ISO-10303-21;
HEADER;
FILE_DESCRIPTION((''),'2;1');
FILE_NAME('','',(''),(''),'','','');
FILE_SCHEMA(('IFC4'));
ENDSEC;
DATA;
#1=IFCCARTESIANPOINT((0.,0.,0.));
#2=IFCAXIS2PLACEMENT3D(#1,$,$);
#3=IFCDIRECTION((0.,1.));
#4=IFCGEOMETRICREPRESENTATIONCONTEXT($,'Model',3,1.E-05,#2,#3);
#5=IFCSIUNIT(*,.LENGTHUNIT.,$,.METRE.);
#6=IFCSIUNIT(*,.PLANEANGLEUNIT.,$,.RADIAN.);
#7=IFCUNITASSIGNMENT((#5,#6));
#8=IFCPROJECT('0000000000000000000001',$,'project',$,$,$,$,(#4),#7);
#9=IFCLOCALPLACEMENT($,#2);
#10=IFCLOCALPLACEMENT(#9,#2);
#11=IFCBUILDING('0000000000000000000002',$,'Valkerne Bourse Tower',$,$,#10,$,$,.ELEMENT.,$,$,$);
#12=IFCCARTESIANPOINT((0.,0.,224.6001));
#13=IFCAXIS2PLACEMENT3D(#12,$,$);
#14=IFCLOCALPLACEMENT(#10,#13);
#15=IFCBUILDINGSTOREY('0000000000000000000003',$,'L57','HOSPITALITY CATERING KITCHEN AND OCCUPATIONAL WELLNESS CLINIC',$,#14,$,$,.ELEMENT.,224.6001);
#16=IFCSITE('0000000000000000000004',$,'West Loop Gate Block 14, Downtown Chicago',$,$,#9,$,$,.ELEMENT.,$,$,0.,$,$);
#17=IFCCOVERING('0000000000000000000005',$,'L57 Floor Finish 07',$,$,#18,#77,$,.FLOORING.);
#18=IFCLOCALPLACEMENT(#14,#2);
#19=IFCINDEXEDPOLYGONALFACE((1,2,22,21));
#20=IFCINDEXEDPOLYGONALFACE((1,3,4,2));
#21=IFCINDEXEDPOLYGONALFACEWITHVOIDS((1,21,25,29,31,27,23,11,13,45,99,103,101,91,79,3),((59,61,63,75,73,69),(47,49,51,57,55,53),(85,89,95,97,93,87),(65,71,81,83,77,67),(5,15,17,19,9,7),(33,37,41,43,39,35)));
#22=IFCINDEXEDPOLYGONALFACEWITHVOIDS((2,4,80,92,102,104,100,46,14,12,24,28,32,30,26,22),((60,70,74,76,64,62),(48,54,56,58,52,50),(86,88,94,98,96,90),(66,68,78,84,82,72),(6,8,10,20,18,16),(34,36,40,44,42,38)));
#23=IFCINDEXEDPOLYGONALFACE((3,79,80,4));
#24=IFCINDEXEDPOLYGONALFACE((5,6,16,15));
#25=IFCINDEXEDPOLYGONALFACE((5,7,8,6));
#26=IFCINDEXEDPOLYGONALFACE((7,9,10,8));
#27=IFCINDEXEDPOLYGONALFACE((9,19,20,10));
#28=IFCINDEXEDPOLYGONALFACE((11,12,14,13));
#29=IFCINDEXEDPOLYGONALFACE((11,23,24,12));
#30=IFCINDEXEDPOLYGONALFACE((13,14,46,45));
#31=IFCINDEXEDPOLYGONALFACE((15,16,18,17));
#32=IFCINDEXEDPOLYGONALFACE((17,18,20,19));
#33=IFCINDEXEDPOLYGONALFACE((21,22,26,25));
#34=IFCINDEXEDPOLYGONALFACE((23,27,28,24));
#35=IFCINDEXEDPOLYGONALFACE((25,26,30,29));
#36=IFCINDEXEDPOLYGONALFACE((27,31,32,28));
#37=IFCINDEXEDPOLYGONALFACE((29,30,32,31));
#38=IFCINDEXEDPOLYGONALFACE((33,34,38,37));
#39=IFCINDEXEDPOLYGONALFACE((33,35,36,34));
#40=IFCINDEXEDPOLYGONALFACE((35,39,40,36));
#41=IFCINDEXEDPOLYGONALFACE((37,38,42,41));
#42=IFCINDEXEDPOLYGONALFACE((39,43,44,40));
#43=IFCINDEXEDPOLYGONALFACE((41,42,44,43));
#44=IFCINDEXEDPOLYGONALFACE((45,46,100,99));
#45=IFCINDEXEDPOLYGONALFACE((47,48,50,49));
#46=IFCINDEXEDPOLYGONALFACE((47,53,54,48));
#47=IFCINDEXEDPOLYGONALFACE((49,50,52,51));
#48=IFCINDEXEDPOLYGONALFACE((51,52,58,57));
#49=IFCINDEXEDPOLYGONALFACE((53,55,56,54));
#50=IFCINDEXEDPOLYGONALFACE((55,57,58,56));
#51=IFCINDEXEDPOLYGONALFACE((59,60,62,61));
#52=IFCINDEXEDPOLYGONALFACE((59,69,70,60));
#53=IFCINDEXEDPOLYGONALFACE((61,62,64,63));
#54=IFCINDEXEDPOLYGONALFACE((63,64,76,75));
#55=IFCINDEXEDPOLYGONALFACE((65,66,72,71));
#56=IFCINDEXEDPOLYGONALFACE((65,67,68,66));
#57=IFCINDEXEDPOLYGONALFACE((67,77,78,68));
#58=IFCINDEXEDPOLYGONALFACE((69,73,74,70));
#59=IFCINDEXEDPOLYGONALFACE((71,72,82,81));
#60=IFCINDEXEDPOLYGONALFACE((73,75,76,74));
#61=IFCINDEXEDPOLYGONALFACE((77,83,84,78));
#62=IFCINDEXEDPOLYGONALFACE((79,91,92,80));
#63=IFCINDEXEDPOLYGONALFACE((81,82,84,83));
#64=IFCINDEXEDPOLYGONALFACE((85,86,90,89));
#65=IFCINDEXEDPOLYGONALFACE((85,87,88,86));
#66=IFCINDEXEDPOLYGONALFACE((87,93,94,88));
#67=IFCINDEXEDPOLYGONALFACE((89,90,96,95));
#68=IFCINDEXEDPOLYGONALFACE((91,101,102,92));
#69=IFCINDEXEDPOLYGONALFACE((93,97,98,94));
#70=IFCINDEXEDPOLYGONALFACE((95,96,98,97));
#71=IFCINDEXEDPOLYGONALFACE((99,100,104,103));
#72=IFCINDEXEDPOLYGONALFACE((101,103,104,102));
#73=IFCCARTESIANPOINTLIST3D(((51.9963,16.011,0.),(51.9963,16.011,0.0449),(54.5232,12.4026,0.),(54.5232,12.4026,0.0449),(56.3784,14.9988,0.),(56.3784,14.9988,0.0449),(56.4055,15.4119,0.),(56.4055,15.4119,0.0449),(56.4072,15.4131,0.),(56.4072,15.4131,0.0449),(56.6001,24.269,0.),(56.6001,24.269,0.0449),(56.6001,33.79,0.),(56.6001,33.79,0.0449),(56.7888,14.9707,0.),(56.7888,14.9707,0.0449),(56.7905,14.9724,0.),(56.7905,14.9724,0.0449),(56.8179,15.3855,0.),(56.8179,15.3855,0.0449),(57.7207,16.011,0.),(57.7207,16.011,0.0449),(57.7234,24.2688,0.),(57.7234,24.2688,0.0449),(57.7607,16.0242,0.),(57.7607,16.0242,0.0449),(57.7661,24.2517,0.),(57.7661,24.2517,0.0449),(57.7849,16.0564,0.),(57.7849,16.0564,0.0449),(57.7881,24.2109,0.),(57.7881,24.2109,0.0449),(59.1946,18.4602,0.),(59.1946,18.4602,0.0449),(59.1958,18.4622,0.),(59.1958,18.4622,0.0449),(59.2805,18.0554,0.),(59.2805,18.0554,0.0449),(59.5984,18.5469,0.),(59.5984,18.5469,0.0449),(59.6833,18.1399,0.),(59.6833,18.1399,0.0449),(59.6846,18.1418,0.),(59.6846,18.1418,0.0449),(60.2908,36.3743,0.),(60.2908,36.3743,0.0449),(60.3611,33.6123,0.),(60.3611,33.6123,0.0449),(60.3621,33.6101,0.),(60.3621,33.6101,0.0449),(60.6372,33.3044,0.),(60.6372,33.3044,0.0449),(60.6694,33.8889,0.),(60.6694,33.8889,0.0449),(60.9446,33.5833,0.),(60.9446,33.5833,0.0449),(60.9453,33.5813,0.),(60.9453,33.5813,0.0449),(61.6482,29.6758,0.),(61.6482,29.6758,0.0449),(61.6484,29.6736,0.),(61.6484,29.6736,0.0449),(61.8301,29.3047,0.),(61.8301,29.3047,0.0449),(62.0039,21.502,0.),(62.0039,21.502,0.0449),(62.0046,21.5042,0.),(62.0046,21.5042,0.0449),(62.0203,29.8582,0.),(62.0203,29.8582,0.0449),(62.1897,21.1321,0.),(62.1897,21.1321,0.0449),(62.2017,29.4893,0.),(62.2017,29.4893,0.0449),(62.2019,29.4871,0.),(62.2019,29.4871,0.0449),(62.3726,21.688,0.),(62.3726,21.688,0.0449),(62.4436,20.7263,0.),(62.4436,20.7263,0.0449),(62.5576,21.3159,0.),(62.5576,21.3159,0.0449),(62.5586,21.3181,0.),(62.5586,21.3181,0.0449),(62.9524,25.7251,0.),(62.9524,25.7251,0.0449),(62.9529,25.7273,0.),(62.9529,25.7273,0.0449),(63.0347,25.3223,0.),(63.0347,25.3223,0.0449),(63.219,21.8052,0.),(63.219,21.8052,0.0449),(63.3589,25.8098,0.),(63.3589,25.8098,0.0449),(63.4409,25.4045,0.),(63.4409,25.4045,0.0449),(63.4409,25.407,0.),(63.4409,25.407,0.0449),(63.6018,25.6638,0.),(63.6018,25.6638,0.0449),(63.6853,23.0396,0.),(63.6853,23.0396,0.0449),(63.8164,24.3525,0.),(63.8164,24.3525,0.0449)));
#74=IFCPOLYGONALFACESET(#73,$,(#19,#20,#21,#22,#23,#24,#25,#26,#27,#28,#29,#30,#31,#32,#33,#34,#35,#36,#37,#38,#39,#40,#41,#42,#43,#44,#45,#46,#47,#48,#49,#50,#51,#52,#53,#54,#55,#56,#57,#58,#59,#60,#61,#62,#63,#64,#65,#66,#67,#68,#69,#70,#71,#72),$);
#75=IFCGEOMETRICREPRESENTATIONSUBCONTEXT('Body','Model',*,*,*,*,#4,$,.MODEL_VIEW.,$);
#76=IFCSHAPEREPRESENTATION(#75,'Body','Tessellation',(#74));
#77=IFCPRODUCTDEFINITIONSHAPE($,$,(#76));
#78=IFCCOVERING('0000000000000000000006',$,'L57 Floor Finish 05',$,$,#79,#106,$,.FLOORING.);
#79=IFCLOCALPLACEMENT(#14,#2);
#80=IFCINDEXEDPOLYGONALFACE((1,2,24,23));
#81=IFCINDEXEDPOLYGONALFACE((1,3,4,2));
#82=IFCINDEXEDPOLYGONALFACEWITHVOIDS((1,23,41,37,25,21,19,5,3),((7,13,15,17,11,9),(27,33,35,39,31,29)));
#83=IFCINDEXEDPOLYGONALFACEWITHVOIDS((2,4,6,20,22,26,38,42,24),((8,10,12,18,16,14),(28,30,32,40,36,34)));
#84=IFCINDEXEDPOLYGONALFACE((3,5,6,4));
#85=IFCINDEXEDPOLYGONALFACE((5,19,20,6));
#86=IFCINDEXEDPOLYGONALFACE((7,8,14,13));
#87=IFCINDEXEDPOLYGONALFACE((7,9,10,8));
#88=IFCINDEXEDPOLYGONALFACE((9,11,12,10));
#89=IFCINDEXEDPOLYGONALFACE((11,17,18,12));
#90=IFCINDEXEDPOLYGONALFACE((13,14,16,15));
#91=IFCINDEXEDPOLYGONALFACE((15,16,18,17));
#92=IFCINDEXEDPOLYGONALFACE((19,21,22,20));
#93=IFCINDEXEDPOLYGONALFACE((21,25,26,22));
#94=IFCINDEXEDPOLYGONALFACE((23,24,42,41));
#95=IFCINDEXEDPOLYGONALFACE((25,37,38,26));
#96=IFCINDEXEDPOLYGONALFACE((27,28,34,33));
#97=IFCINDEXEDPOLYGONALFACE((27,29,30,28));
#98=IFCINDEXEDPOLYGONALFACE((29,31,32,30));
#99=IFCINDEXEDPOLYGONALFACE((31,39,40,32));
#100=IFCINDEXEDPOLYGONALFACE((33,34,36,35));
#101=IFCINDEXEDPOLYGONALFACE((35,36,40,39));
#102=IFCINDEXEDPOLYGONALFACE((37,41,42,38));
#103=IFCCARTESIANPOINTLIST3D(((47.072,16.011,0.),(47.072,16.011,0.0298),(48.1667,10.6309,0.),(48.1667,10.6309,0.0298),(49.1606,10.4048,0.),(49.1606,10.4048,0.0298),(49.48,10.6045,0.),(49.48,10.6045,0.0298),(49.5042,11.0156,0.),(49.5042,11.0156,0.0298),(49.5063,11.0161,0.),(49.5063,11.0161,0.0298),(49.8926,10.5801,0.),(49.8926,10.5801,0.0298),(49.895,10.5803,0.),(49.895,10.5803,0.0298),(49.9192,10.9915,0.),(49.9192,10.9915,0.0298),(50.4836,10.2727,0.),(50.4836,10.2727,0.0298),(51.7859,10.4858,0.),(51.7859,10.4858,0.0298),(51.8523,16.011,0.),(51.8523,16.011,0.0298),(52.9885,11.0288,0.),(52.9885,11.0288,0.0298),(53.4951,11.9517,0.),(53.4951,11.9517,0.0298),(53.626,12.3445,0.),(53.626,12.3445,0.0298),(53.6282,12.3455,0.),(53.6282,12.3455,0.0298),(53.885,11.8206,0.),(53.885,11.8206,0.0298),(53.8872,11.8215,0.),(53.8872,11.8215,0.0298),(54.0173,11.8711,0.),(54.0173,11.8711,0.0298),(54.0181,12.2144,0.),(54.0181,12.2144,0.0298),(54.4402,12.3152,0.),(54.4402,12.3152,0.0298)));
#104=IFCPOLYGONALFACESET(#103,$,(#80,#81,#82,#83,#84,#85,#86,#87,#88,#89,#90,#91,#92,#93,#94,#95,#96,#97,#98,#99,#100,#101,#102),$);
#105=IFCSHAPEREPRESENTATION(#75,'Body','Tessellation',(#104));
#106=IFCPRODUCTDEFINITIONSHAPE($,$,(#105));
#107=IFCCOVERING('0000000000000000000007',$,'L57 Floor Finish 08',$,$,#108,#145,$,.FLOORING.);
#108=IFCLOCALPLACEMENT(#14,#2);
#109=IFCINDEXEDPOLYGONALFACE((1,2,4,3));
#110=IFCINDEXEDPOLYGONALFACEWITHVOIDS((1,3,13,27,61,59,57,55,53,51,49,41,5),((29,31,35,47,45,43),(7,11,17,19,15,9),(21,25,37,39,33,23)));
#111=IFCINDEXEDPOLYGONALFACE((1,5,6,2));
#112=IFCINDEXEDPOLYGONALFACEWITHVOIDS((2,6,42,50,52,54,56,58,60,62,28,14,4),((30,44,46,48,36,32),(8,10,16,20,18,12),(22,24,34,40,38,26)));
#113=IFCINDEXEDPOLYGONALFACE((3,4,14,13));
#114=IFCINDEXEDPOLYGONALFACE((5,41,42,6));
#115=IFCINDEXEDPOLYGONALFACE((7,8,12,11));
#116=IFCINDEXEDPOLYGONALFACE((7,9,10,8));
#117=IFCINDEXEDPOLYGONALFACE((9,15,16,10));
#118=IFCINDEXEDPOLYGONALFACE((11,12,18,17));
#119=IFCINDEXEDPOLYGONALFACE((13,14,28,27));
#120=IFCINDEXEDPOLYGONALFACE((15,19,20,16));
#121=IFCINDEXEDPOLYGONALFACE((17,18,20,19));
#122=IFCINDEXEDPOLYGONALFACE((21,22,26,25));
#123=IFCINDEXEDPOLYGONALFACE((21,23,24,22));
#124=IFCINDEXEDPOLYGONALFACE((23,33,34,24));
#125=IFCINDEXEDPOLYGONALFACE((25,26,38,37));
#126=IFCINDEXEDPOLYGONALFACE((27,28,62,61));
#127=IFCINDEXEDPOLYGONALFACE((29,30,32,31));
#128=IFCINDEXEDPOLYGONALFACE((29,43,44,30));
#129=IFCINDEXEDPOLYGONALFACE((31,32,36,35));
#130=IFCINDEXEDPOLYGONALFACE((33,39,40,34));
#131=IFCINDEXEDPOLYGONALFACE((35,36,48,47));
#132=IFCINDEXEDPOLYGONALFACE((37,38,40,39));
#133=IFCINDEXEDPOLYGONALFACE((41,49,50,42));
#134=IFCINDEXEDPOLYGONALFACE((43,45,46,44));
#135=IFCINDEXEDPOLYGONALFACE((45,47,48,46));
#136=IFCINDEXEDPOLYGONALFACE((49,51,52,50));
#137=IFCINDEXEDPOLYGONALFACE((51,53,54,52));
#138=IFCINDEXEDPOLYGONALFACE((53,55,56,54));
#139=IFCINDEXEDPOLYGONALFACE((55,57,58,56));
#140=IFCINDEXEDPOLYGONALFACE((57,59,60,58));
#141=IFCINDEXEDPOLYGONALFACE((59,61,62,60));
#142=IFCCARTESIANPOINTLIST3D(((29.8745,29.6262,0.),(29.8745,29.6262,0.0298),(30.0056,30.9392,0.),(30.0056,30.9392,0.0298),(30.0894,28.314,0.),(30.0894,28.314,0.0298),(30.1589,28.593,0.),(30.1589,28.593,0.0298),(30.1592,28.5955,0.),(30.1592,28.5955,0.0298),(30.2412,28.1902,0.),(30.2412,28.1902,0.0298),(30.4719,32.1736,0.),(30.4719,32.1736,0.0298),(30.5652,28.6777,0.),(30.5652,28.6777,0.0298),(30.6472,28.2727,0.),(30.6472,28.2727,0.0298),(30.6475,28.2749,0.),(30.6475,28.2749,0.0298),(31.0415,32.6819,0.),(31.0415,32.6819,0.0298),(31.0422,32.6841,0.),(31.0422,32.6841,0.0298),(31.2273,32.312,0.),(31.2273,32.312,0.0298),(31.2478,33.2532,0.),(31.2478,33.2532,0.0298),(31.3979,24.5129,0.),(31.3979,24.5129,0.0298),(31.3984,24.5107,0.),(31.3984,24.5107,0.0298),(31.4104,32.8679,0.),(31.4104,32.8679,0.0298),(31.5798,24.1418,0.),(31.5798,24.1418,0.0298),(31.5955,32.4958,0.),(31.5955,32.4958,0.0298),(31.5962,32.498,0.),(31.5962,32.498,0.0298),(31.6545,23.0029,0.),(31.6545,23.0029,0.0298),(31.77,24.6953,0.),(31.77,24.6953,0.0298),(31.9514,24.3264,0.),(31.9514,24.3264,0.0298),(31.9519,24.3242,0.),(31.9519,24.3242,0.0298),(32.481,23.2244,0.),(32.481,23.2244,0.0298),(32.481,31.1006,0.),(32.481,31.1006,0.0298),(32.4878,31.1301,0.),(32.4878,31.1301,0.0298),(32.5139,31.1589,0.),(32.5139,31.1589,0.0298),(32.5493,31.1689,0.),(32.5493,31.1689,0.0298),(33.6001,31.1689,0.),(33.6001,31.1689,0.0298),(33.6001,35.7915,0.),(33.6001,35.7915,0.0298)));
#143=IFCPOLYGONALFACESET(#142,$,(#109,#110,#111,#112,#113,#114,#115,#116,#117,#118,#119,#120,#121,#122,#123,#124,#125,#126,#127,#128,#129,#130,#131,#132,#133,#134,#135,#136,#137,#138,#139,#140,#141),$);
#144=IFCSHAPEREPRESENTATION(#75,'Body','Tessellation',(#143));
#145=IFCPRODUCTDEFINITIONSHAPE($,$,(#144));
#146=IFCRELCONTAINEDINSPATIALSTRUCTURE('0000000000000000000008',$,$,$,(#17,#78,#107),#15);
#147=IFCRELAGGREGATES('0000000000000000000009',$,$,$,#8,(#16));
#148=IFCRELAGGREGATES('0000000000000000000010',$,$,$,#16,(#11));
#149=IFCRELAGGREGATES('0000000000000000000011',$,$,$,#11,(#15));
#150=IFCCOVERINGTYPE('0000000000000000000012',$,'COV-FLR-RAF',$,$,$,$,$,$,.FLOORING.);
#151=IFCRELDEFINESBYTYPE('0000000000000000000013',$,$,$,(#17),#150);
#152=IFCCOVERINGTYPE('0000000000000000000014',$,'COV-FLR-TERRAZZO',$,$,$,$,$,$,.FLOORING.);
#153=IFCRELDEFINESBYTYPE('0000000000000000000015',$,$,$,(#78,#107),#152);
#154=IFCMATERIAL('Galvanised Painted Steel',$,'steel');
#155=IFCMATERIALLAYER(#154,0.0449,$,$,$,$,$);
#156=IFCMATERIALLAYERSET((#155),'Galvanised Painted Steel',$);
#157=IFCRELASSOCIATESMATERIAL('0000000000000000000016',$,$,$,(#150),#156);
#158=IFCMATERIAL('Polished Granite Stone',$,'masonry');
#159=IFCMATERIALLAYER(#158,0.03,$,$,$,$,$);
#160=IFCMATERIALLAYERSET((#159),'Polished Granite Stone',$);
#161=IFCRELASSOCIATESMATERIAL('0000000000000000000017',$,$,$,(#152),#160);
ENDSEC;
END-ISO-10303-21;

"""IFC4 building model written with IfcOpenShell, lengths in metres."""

from ifc_helpers import new_model, si_unit, direction, frame, origin, place, context, subcontext, project, spatial, polyline, outline, extrude, material, layer, layer_set, type_object, element, save


model = new_model("IFC4")

# Units and contexts
model_context = context("Model", 3, precision=1e-05, world=origin(), true_north=direction((0.0, 1.0)))
body_context = subcontext(model_context, "Body", "Model", "MODEL_VIEW")
ifc_project = project(units=[si_unit("LENGTHUNIT", "METRE"), si_unit("PLANEANGLEUNIT", "RADIAN")], contexts=[model_context])

# Site, building, storey
site_placement = place(None, origin())
site = spatial("IfcSite", under=ifc_project, at=site_placement, Name="West Loop Gate Block 14, Downtown Chicago", CompositionType="ELEMENT", RefElevation=0.0)
building_placement = place(site_placement, origin())
building = spatial("IfcBuilding", under=site, at=building_placement, Name="Valkerne Bourse Tower", CompositionType="ELEMENT")
storey_placement = place(building_placement, frame((0.0, 0.0, 224.6001)))
storey = spatial("IfcBuildingStorey", under=building, at=storey_placement, Name="L57", Description="HOSPITALITY CATERING KITCHEN AND OCCUPATIONAL WELLNESS CLINIC", CompositionType="ELEMENT", Elevation=224.6001)

# Coverings
ifc_material_1 = material(Name="Galvanised Painted Steel", Category="steel")
ifc_layer_1 = layer(ifc_material_1, 0.0449)
ifc_layer_set_1 = layer_set([ifc_layer_1], Name="Galvanised Painted Steel")
covering_type_1 = type_object("IfcCoveringType", Name="COV-FLR-RAF", PredefinedType="FLOORING", material=ifc_layer_set_1)
covering_1_placement = place(storey_placement, origin())
element("IfcCovering", 1, at=covering_1_placement, inside=storey, type_object=covering_type_1, Name="L57 Floor Finish 07", PredefinedType="FLOORING", context=body_context, shape_type="SweptSolid", body=[
    extrude(outline(polyline([(63.219, 21.8052), (62.4436, 20.7263), (54.5232, 12.4026), (51.9963, 16.011), (57.7207, 16.011), (57.7607, 16.0242), (57.7849, 16.0564), (57.7881, 24.2109), (57.7661, 24.2517), (57.7234, 24.2688), (56.6001, 24.269), (56.6001, 33.79), (60.2908, 36.3743), (63.6018, 25.6638), (63.8164, 24.3525), (63.6853, 23.0396), (63.219, 21.8052)]), holes=[polyline([(56.8179, 15.3855), (56.4072, 15.4131), (56.4055, 15.4119), (56.3784, 14.9988), (56.7888, 14.9707), (56.7905, 14.9724), (56.8179, 15.3855)]), polyline([(59.6846, 18.1418), (59.5984, 18.5469), (59.1958, 18.4622), (59.1946, 18.4602), (59.2805, 18.0554), (59.6833, 18.1399), (59.6846, 18.1418)]), polyline([(62.5586, 21.3181), (62.3726, 21.688), (62.0046, 21.5042), (62.0039, 21.502), (62.1897, 21.1321), (62.5576, 21.3159), (62.5586, 21.3181)]), polyline([(63.4409, 25.4045), (63.4409, 25.407), (63.3589, 25.8098), (62.9529, 25.7273), (62.9524, 25.7251), (63.0347, 25.3223), (63.4409, 25.4045)]), polyline([(62.2017, 29.4893), (62.0203, 29.8582), (61.6482, 29.6758), (61.6484, 29.6736), (61.8301, 29.3047), (62.2019, 29.4871), (62.2017, 29.4893)]), polyline([(60.9446, 33.5833), (60.6694, 33.8889), (60.3611, 33.6123), (60.3621, 33.6101), (60.6372, 33.3044), (60.9453, 33.5813), (60.9446, 33.5833)])]), origin(), (0.0, 0.0, 1.0), 0.0449),
])
ifc_material_2 = material(Name="Polished Granite Stone", Category="masonry")
ifc_layer_2 = layer(ifc_material_2, 0.03)
ifc_layer_set_2 = layer_set([ifc_layer_2], Name="Polished Granite Stone")
covering_type_2 = type_object("IfcCoveringType", Name="COV-FLR-TERRAZZO", PredefinedType="FLOORING", material=ifc_layer_set_2)
covering_2_placement = place(storey_placement, origin())
element("IfcCovering", 2, at=covering_2_placement, inside=storey, type_object=covering_type_2, Name="L57 Floor Finish 05", PredefinedType="FLOORING", context=body_context, shape_type="SweptSolid", body=[
    extrude(outline(polyline([(51.7859, 10.4858), (50.4836, 10.2727), (49.1606, 10.4048), (48.1667, 10.6309), (47.072, 16.011), (51.8523, 16.011), (54.4402, 12.3152), (54.0173, 11.8711), (52.9885, 11.0288), (51.7859, 10.4858)]), holes=[polyline([(49.9192, 10.9915), (49.5063, 11.0161), (49.5042, 11.0156), (49.48, 10.6045), (49.8926, 10.5801), (49.895, 10.5803), (49.9192, 10.9915)]), polyline([(54.0181, 12.2144), (53.6282, 12.3455), (53.626, 12.3445), (53.4951, 11.9517), (53.885, 11.8206), (53.8872, 11.8215), (54.0181, 12.2144)])]), origin(), (0.0, 0.0, 1.0), 0.0298),
])
covering_3_placement = place(storey_placement, origin())
element("IfcCovering", 3, at=covering_3_placement, inside=storey, type_object=covering_type_2, Name="L57 Floor Finish 08", PredefinedType="FLOORING", context=body_context, shape_type="SweptSolid", body=[
    extrude(outline(polyline([(30.0056, 30.9392), (30.4719, 32.1736), (31.2478, 33.2532), (33.6001, 35.7915), (33.6001, 31.1689), (32.5493, 31.1689), (32.5139, 31.1589), (32.4878, 31.1301), (32.481, 31.1006), (32.481, 23.2244), (31.6545, 23.0029), (30.0894, 28.314), (29.8745, 29.6262), (30.0056, 30.9392)]), holes=[polyline([(31.9514, 24.3264), (31.77, 24.6953), (31.3979, 24.5129), (31.3984, 24.5107), (31.5798, 24.1418), (31.9519, 24.3242), (31.9514, 24.3264)]), polyline([(30.6475, 28.2749), (30.5652, 28.6777), (30.1592, 28.5955), (30.1589, 28.593), (30.2412, 28.1902), (30.6472, 28.2727), (30.6475, 28.2749)]), polyline([(31.5962, 32.498), (31.4104, 32.8679), (31.0422, 32.6841), (31.0415, 32.6819), (31.2273, 32.312), (31.5955, 32.4958), (31.5962, 32.498)])]), origin(), (0.0, 0.0, 1.0), 0.0298),
])

save(model, "model.ifc")
